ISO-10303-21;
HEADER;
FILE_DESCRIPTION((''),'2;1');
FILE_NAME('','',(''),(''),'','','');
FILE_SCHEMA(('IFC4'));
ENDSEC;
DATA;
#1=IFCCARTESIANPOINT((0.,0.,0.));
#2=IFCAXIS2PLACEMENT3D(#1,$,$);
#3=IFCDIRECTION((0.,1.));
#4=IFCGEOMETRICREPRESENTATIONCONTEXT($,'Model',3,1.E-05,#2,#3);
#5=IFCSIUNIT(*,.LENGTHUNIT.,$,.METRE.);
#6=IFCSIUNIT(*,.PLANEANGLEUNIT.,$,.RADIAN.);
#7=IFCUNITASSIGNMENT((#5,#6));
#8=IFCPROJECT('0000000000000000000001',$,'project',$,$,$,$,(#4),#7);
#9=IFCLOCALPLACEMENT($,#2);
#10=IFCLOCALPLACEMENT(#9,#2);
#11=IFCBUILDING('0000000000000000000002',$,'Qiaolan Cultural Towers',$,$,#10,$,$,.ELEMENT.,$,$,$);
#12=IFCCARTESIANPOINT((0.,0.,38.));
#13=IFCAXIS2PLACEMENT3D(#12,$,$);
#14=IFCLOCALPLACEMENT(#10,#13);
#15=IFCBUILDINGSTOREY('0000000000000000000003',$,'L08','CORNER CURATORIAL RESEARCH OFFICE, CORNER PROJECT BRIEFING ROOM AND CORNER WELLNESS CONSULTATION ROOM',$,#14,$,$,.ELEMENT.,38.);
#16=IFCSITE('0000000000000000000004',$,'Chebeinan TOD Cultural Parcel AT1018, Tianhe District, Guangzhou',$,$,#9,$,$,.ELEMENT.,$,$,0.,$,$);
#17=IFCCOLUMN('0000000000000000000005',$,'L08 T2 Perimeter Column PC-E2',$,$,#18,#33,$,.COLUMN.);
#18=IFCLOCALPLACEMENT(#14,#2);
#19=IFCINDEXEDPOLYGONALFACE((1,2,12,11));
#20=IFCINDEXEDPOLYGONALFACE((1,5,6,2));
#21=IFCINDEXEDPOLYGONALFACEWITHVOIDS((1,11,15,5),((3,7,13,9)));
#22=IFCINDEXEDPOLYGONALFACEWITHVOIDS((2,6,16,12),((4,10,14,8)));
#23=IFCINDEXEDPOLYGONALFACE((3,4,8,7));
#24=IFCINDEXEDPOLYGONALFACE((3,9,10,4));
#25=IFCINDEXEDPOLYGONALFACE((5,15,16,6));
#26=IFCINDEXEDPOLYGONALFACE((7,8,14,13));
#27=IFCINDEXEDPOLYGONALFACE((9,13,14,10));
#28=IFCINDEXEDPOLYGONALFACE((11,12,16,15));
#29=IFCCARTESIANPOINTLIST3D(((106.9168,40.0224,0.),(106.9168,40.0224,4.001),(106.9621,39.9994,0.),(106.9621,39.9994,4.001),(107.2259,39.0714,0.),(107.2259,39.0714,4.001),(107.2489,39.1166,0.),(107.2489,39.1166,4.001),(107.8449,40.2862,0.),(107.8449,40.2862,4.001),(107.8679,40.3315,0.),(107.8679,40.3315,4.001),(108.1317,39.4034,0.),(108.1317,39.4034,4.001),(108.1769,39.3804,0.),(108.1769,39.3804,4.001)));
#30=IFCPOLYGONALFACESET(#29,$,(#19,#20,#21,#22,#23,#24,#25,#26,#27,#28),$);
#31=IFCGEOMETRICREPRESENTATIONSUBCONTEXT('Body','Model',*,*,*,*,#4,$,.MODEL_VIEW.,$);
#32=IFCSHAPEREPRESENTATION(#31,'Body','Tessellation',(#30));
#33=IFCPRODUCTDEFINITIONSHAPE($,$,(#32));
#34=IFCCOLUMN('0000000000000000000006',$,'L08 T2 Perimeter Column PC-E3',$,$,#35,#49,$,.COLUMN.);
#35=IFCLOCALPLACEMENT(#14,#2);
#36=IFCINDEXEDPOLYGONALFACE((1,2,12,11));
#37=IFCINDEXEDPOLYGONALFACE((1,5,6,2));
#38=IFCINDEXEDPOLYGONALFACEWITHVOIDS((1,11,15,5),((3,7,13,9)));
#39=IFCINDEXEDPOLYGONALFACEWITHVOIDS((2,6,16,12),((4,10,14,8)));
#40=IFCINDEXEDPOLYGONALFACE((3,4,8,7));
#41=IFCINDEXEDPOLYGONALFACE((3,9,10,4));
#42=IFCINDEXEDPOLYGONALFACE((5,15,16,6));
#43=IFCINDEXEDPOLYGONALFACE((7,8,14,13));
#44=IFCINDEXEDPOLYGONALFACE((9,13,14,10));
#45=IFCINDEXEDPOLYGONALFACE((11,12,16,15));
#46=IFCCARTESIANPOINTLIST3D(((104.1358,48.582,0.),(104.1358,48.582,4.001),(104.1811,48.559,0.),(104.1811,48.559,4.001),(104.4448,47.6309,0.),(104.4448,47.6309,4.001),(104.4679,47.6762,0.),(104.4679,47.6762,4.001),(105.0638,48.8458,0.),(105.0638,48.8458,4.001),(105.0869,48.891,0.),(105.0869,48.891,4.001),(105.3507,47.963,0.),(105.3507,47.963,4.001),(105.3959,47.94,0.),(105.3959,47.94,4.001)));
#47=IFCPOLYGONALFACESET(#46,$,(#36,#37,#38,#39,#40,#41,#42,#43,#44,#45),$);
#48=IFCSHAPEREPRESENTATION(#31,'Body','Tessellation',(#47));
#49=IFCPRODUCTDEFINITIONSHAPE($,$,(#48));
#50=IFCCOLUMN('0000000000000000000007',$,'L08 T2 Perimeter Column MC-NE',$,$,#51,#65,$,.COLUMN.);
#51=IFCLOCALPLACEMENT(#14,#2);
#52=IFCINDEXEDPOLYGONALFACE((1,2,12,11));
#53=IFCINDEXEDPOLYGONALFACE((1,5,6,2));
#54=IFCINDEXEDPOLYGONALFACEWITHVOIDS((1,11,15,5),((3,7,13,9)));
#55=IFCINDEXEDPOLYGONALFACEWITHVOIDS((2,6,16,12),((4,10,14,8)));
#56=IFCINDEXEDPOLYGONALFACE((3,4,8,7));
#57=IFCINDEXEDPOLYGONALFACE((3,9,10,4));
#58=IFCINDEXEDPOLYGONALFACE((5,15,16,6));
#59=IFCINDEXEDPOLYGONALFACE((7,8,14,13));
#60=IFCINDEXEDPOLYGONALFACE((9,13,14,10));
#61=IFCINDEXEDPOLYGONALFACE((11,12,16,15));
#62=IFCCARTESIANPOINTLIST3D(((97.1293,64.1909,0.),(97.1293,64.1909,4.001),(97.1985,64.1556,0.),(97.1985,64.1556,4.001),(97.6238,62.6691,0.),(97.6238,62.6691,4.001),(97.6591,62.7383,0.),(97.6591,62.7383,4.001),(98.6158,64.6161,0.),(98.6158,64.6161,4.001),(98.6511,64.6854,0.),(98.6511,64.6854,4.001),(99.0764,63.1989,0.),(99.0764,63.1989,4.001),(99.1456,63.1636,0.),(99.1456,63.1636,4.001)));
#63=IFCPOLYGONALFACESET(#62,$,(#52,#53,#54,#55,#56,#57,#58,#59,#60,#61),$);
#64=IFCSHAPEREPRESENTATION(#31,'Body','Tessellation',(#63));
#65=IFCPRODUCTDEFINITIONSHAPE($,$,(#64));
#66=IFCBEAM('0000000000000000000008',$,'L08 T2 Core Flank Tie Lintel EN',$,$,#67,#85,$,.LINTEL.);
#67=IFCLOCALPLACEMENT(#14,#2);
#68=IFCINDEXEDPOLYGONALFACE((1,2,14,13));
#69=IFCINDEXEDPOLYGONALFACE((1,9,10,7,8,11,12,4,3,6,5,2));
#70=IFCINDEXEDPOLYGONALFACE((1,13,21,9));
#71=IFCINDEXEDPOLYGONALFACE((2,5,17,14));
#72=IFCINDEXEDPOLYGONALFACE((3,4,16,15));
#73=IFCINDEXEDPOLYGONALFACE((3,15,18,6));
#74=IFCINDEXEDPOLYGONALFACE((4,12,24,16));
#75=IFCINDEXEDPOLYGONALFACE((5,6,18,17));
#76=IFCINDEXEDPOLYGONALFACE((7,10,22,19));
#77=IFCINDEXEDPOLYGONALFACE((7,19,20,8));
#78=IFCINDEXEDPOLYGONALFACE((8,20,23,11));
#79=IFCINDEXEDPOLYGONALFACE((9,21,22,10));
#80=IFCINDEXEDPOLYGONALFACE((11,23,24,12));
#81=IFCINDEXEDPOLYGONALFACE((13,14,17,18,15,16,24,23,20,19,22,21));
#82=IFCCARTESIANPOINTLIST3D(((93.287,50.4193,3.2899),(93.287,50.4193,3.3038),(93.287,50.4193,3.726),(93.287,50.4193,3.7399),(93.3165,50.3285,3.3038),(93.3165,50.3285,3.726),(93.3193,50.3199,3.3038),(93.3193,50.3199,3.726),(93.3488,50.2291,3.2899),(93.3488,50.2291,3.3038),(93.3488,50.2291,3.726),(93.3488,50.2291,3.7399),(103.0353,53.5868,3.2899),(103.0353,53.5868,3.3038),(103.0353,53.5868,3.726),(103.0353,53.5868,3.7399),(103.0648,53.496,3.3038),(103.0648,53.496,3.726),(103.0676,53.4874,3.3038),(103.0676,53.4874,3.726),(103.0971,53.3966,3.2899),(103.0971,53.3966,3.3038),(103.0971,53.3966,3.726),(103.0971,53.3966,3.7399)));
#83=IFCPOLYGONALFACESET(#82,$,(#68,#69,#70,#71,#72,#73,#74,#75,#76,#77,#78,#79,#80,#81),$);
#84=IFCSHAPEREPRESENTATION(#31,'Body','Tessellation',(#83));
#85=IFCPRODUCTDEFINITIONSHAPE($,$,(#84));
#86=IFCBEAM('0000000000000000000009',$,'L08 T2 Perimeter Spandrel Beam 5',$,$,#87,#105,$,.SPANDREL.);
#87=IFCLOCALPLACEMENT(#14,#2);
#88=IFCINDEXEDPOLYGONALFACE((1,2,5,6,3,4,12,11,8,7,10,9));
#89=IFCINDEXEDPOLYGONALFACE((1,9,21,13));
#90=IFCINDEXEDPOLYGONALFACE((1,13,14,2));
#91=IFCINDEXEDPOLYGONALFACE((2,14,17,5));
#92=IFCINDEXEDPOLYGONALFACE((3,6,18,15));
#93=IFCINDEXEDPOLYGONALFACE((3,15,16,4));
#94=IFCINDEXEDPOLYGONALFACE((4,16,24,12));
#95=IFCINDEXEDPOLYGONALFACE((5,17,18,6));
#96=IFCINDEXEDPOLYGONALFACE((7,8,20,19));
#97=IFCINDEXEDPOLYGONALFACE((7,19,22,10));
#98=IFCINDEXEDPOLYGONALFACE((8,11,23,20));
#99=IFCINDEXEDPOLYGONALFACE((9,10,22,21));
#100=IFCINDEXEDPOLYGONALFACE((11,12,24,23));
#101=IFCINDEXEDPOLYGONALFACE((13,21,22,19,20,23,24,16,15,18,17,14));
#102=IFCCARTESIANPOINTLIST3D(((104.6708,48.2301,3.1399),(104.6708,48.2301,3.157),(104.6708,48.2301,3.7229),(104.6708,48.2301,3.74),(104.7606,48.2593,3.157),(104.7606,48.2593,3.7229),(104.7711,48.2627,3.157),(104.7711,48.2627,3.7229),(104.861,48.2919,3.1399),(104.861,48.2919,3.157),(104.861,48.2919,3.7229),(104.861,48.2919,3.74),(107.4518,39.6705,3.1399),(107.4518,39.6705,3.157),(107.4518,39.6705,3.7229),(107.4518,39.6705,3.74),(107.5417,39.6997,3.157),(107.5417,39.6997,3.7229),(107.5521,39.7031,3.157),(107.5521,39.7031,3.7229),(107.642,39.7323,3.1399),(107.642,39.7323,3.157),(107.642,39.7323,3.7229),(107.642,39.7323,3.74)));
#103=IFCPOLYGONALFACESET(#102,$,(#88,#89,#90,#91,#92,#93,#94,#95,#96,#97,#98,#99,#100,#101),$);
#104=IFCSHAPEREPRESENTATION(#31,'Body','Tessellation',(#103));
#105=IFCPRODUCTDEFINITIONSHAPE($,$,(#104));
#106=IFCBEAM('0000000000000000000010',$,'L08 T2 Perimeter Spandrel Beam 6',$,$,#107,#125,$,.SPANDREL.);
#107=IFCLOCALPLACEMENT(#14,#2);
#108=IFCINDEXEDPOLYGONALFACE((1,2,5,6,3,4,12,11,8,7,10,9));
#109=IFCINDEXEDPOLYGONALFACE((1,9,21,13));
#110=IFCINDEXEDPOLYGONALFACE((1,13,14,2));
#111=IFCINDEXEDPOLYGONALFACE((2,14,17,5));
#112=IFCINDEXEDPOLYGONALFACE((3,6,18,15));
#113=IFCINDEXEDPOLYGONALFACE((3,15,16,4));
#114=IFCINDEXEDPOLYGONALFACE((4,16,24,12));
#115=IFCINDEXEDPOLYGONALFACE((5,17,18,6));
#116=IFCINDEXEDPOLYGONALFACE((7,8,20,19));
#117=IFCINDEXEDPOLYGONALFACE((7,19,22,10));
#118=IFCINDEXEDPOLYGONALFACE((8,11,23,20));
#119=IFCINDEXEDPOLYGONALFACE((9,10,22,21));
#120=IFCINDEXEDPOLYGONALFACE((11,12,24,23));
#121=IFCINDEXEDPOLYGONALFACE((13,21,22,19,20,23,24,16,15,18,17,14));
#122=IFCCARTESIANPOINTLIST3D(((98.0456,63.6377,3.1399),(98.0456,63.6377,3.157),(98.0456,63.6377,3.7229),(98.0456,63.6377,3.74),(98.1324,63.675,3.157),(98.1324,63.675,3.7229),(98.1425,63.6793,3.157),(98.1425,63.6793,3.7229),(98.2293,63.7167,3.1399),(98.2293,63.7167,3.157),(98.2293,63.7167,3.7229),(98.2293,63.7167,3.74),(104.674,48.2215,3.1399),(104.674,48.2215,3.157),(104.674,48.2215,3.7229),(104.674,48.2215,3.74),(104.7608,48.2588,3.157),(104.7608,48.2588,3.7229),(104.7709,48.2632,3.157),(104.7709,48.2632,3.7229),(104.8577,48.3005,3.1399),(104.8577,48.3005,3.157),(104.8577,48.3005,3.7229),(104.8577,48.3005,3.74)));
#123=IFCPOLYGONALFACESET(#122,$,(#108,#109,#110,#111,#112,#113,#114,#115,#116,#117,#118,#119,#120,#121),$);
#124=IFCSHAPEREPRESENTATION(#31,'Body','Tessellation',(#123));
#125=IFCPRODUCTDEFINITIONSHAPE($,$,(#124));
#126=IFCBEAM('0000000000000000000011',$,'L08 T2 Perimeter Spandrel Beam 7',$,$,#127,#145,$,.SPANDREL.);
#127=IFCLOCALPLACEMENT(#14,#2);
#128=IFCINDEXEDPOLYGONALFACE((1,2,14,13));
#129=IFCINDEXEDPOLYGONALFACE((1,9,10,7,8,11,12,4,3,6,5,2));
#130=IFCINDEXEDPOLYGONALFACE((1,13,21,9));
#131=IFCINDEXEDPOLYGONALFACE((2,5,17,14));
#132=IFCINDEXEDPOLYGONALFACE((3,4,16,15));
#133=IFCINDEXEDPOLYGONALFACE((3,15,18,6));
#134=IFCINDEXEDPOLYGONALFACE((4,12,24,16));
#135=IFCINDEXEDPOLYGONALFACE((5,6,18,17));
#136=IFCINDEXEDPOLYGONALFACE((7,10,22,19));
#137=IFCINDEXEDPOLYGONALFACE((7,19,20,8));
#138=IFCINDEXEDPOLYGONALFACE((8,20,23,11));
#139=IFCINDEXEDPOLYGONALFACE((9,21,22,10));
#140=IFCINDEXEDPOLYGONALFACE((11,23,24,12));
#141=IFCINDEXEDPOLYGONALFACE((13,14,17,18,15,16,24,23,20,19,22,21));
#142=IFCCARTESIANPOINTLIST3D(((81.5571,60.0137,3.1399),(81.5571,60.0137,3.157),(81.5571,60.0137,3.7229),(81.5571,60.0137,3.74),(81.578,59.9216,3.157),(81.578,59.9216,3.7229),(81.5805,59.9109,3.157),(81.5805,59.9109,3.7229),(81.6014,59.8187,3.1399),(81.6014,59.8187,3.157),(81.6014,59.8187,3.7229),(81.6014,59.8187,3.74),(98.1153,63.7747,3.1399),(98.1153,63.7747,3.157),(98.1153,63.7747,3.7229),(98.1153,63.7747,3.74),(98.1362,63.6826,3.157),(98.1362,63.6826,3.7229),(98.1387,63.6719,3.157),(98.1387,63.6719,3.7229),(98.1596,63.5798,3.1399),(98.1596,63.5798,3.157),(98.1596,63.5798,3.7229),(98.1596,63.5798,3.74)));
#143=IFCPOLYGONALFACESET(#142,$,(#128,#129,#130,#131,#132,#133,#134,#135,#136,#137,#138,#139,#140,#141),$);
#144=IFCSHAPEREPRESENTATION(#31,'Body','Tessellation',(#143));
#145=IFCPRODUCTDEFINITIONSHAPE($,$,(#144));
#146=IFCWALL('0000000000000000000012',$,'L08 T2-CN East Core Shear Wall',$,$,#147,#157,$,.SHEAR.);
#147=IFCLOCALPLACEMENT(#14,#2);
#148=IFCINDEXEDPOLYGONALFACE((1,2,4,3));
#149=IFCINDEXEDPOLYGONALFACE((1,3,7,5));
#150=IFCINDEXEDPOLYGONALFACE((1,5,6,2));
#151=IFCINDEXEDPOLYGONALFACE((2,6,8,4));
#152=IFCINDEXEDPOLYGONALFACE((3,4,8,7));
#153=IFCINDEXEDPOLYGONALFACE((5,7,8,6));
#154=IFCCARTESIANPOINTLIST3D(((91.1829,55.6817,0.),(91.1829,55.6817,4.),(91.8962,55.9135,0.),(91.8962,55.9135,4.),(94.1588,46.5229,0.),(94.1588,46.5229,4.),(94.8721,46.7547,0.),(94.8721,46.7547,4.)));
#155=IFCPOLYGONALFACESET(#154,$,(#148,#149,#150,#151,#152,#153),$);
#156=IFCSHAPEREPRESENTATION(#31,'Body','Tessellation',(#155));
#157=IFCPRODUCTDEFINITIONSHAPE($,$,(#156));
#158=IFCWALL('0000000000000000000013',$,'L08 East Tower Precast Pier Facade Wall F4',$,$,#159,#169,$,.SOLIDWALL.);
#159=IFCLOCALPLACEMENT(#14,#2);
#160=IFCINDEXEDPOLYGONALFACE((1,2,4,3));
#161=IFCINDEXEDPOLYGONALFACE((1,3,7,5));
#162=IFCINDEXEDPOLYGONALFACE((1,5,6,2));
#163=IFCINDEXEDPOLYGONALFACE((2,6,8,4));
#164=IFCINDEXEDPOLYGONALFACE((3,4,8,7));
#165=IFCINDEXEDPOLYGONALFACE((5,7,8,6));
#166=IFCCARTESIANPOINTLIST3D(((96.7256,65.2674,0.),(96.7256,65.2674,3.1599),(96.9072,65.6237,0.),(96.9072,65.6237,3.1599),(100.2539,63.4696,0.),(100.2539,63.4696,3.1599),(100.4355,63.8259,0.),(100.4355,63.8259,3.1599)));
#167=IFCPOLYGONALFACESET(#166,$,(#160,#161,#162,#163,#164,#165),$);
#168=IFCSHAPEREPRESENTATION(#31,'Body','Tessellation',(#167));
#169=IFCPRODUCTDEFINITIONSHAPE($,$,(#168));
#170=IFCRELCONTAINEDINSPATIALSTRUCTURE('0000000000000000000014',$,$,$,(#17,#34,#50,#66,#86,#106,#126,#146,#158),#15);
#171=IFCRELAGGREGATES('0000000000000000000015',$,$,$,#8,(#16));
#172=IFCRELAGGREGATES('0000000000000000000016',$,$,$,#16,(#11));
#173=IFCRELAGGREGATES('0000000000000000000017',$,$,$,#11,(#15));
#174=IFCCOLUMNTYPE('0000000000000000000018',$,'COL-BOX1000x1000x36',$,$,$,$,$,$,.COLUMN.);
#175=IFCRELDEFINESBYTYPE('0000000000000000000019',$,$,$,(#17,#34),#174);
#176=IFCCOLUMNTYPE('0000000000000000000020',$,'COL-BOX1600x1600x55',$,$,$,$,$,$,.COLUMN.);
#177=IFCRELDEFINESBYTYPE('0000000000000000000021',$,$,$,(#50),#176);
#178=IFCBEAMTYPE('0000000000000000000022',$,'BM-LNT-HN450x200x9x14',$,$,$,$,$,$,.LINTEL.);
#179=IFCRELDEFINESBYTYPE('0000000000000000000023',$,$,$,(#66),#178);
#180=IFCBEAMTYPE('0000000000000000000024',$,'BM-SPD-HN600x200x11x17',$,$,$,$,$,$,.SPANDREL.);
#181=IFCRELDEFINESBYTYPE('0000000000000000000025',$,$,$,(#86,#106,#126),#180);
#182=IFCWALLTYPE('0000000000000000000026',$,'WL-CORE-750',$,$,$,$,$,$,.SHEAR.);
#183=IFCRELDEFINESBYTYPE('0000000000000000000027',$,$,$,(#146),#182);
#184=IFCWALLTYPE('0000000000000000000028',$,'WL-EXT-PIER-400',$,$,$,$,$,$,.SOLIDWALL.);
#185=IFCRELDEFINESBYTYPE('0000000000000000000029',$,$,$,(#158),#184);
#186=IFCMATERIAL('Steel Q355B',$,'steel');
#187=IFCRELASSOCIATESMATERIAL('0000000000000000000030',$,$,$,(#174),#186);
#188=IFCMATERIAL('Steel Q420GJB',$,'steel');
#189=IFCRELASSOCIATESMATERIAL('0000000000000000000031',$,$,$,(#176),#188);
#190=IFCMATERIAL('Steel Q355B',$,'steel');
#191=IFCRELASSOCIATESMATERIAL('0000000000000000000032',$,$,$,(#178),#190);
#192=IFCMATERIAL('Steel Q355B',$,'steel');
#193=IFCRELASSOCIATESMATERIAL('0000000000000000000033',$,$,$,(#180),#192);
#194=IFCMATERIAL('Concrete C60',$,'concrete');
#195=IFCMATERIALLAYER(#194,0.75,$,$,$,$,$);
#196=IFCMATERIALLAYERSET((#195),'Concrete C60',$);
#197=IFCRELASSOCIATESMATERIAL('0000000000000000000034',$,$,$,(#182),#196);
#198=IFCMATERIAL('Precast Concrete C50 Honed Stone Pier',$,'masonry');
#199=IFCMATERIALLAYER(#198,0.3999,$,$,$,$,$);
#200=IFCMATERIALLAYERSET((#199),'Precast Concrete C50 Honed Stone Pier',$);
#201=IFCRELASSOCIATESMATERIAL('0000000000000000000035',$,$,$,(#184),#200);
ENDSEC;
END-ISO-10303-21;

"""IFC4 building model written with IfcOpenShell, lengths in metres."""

from ifc_helpers import new_model, si_unit, direction, frame, frame_2d, origin, origin_2d, place, context, subcontext, project, spatial, rectangle, hollow_rectangle, i_section, extrude, material, layer, layer_set, material_profile, profile_set, type_object, element, save


model = new_model("IFC4")

# Units and contexts
model_context = context("Model", 3, precision=1e-05, world=origin(), true_north=direction((0.0, 1.0)))
body_context = subcontext(model_context, "Body", "Model", "MODEL_VIEW")
ifc_project = project(units=[si_unit("LENGTHUNIT", "METRE"), si_unit("PLANEANGLEUNIT", "RADIAN")], contexts=[model_context])

# Site, building, storey
site_placement = place(None, origin())
site = spatial("IfcSite", under=ifc_project, at=site_placement, Name="Chebeinan TOD Cultural Parcel AT1018, Tianhe District, Guangzhou", CompositionType="ELEMENT", RefElevation=0.0)
building_placement = place(site_placement, origin())
building = spatial("IfcBuilding", under=site, at=building_placement, Name="Qiaolan Cultural Towers", CompositionType="ELEMENT")
storey_placement = place(building_placement, frame((0.0, 0.0, 38.0)))
storey = spatial("IfcBuildingStorey", under=building, at=storey_placement, Name="L08", Description="CORNER CURATORIAL RESEARCH OFFICE, CORNER PROJECT BRIEFING ROOM AND CORNER WELLNESS CONSULTATION ROOM", CompositionType="ELEMENT", Elevation=38.0)

# Columns
ifc_material_1 = material(Name="Steel Q355B", Category="steel")
ifc_material_profile_1 = material_profile(ifc_material_1, hollow_rectangle(XDim=1.0, YDim=1.0, WallThickness=0.0359, at=origin_2d()), Name="BOX1000x1000x36")
ifc_profile_set_1 = profile_set([ifc_material_profile_1], Name="Steel Q355B")
column_type_1 = type_object("IfcColumnType", Name="COL-BOX1000x1000x36", PredefinedType="COLUMN", material=ifc_profile_set_1)
for number, where, z_axis, x_axis, name in (
    (1, (107.5469, 39.7014, 0.0), (0.0, 0.0, 1.0), (0.951057, 0.309017, 0.0), "L08 T2 Perimeter Column PC-E2"),
    (2, (104.7659, 48.261, 0.0), (0.0, 0.0, 1.0), (0.951057, 0.309017, 0.0), "L08 T2 Perimeter Column PC-E3"),
):
    element("IfcColumn", number, at=place(storey_placement, frame(where, z_axis=z_axis, x_axis=x_axis)), inside=storey, type_object=column_type_1, Name=name, PredefinedType="COLUMN", context=body_context, shape_type="SweptSolid", body=[
        extrude(hollow_rectangle(XDim=1.0, YDim=1.0, WallThickness=0.0359, at=origin_2d()), origin(), (0.0, 0.0, 1.0), 4.001),
    ])
ifc_material_2 = material(Name="Steel Q420GJB", Category="steel")
ifc_material_profile_2 = material_profile(ifc_material_2, hollow_rectangle(XDim=1.6001, YDim=1.6001, WallThickness=0.0549, at=origin_2d()), Name="BOX1600x1600x55")
ifc_profile_set_2 = profile_set([ifc_material_profile_2], Name="Steel Q420GJB")
column_type_2 = type_object("IfcColumnType", Name="COL-BOX1600x1600x55", PredefinedType="COLUMN", material=ifc_profile_set_2)
column_placement = place(storey_placement, frame((98.1375, 63.6772, 0.0), z_axis=(0.0, 0.0, 1.0), x_axis=(0.951057, 0.309017, 0.0)))
element("IfcColumn", 3, at=column_placement, inside=storey, type_object=column_type_2, Name="L08 T2 Perimeter Column MC-NE", PredefinedType="COLUMN", context=body_context, shape_type="SweptSolid", body=[
    extrude(hollow_rectangle(XDim=1.6001, YDim=1.6001, WallThickness=0.0549, at=origin_2d()), origin(), (0.0, 0.0, 1.0), 4.001),
])

# Beams
ifc_material_3 = material(Name="Steel Q355B", Category="steel")
ifc_material_profile_3 = material_profile(ifc_material_3, i_section(OverallWidth=0.2, OverallDepth=0.45, WebThickness=0.009, FlangeThickness=0.0139, at=origin_2d()), Name="HN450x200x9x14")
ifc_profile_set_3 = profile_set([ifc_material_profile_3], Name="Steel Q355B")
beam_type_1 = type_object("IfcBeamType", Name="BM-LNT-HN450x200x9x14", PredefinedType="LINTEL", material=ifc_profile_set_3)
beam_1_placement = place(storey_placement, frame((93.3179, 50.3242, 3.5149), z_axis=(0.951055, 0.309023, 0.0), x_axis=(-0.309023, 0.951055, 0.0)))
element("IfcBeam", 4, at=beam_1_placement, inside=storey, type_object=beam_type_1, Name="L08 T2 Core Flank Tie Lintel EN", PredefinedType="LINTEL", context=body_context, shape_type="SweptSolid", body=[
    extrude(i_section(OverallWidth=0.2, OverallDepth=0.45, WebThickness=0.009, FlangeThickness=0.0139, at=origin_2d()), origin(), (0.0, 0.0, 1.0), 10.25),
])
ifc_material_4 = material(Name="Steel Q355B", Category="steel")
ifc_material_profile_4 = material_profile(ifc_material_4, i_section(OverallWidth=0.2, OverallDepth=0.6001, WebThickness=0.011, FlangeThickness=0.0171, at=origin_2d()), Name="HN600x200x11x17")
ifc_profile_set_4 = profile_set([ifc_material_profile_4], Name="Steel Q355B")
beam_type_2 = type_object("IfcBeamType", Name="BM-SPD-HN600x200x11x17", PredefinedType="SPANDREL", material=ifc_profile_set_4)
beam_2_placement = place(storey_placement, frame((107.5469, 39.7014, 3.4399), z_axis=(-0.309, 0.951062, 0.0), x_axis=(-0.951062, -0.309, 0.0)))
element("IfcBeam", 5, at=beam_2_placement, inside=storey, type_object=beam_type_2, Name="L08 T2 Perimeter Spandrel Beam 5", PredefinedType="SPANDREL", context=body_context, shape_type="SweptSolid", body=[
    extrude(i_section(OverallWidth=0.2, OverallDepth=0.6001, WebThickness=0.011, FlangeThickness=0.0171, at=origin_2d()), origin(), (0.0, 0.0, 1.0), 9.0),
])
beam_3_placement = place(storey_placement, frame((104.7659, 48.261, 3.4399), z_axis=(-0.394999, 0.918682, 0.0), x_axis=(-0.918682, -0.394999, 0.0)))
element("IfcBeam", 6, at=beam_3_placement, inside=storey, type_object=beam_type_2, Name="L08 T2 Perimeter Spandrel Beam 6", PredefinedType="SPANDREL", context=body_context, shape_type="SweptSolid", body=[
    extrude(i_section(OverallWidth=0.2, OverallDepth=0.6001, WebThickness=0.011, FlangeThickness=0.0171, at=origin_2d()), origin(), (0.0, 0.0, 1.0), 16.7808),
])
beam_4_placement = place(storey_placement, frame((98.1375, 63.6772, 3.4399), z_axis=(-0.975161, -0.221497, 0.0), x_axis=(0.221497, -0.975161, 0.0)))
element("IfcBeam", 7, at=beam_4_placement, inside=storey, type_object=beam_type_2, Name="L08 T2 Perimeter Spandrel Beam 7", PredefinedType="SPANDREL", context=body_context, shape_type="SweptSolid", body=[
    extrude(i_section(OverallWidth=0.2, OverallDepth=0.6001, WebThickness=0.011, FlangeThickness=0.0171, at=origin_2d()), origin(), (0.0, 0.0, 1.0), 16.98),
])

# Walls
ifc_material_5 = material(Name="Concrete C60", Category="concrete")
ifc_layer_1 = layer(ifc_material_5, 0.75)
ifc_layer_set_1 = layer_set([ifc_layer_1], Name="Concrete C60")
wall_type_1 = type_object("IfcWallType", Name="WL-CORE-750", PredefinedType="SHEAR", material=ifc_layer_set_1)
wall_1_placement = place(storey_placement, frame((94.5154, 46.6389, 0.0), z_axis=(0.0, 0.0, 1.0), x_axis=(-0.309016, 0.951057, 0.0)))
element("IfcWall", 8, at=wall_1_placement, inside=storey, type_object=wall_type_1, Name="L08 T2-CN East Core Shear Wall", PredefinedType="SHEAR", context=body_context, shape_type="SweptSolid", body=[
    extrude(rectangle(XDim=9.6301, YDim=0.75, at=frame_2d((4.8149, 0.0))), origin(), (0.0, 0.0, 1.0), 4.0),
])
ifc_material_6 = material(Name="Precast Concrete C50 Honed Stone Pier", Category="masonry")
ifc_layer_2 = layer(ifc_material_6, 0.3999)
ifc_layer_set_2 = layer_set([ifc_layer_2], Name="Precast Concrete C50 Honed Stone Pier")
wall_type_2 = type_object("IfcWallType", Name="WL-EXT-PIER-400", PredefinedType="SOLIDWALL", material=ifc_layer_set_2)
wall_2_placement = place(storey_placement, frame((96.8164, 65.4456, 0.0), z_axis=(0.0, 0.0, 1.0), x_axis=(0.890998, -0.454007, 0.0)))
element("IfcWall", 9, at=wall_2_placement, inside=storey, type_object=wall_type_2, Name="L08 East Tower Precast Pier Facade Wall F4", PredefinedType="SOLIDWALL", context=body_context, shape_type="SweptSolid", body=[
    extrude(rectangle(XDim=3.96, YDim=0.3999, at=frame_2d((1.98, 0.0))), origin(), (0.0, 0.0, 1.0), 3.1599),
])

save(model, "model.ifc")
